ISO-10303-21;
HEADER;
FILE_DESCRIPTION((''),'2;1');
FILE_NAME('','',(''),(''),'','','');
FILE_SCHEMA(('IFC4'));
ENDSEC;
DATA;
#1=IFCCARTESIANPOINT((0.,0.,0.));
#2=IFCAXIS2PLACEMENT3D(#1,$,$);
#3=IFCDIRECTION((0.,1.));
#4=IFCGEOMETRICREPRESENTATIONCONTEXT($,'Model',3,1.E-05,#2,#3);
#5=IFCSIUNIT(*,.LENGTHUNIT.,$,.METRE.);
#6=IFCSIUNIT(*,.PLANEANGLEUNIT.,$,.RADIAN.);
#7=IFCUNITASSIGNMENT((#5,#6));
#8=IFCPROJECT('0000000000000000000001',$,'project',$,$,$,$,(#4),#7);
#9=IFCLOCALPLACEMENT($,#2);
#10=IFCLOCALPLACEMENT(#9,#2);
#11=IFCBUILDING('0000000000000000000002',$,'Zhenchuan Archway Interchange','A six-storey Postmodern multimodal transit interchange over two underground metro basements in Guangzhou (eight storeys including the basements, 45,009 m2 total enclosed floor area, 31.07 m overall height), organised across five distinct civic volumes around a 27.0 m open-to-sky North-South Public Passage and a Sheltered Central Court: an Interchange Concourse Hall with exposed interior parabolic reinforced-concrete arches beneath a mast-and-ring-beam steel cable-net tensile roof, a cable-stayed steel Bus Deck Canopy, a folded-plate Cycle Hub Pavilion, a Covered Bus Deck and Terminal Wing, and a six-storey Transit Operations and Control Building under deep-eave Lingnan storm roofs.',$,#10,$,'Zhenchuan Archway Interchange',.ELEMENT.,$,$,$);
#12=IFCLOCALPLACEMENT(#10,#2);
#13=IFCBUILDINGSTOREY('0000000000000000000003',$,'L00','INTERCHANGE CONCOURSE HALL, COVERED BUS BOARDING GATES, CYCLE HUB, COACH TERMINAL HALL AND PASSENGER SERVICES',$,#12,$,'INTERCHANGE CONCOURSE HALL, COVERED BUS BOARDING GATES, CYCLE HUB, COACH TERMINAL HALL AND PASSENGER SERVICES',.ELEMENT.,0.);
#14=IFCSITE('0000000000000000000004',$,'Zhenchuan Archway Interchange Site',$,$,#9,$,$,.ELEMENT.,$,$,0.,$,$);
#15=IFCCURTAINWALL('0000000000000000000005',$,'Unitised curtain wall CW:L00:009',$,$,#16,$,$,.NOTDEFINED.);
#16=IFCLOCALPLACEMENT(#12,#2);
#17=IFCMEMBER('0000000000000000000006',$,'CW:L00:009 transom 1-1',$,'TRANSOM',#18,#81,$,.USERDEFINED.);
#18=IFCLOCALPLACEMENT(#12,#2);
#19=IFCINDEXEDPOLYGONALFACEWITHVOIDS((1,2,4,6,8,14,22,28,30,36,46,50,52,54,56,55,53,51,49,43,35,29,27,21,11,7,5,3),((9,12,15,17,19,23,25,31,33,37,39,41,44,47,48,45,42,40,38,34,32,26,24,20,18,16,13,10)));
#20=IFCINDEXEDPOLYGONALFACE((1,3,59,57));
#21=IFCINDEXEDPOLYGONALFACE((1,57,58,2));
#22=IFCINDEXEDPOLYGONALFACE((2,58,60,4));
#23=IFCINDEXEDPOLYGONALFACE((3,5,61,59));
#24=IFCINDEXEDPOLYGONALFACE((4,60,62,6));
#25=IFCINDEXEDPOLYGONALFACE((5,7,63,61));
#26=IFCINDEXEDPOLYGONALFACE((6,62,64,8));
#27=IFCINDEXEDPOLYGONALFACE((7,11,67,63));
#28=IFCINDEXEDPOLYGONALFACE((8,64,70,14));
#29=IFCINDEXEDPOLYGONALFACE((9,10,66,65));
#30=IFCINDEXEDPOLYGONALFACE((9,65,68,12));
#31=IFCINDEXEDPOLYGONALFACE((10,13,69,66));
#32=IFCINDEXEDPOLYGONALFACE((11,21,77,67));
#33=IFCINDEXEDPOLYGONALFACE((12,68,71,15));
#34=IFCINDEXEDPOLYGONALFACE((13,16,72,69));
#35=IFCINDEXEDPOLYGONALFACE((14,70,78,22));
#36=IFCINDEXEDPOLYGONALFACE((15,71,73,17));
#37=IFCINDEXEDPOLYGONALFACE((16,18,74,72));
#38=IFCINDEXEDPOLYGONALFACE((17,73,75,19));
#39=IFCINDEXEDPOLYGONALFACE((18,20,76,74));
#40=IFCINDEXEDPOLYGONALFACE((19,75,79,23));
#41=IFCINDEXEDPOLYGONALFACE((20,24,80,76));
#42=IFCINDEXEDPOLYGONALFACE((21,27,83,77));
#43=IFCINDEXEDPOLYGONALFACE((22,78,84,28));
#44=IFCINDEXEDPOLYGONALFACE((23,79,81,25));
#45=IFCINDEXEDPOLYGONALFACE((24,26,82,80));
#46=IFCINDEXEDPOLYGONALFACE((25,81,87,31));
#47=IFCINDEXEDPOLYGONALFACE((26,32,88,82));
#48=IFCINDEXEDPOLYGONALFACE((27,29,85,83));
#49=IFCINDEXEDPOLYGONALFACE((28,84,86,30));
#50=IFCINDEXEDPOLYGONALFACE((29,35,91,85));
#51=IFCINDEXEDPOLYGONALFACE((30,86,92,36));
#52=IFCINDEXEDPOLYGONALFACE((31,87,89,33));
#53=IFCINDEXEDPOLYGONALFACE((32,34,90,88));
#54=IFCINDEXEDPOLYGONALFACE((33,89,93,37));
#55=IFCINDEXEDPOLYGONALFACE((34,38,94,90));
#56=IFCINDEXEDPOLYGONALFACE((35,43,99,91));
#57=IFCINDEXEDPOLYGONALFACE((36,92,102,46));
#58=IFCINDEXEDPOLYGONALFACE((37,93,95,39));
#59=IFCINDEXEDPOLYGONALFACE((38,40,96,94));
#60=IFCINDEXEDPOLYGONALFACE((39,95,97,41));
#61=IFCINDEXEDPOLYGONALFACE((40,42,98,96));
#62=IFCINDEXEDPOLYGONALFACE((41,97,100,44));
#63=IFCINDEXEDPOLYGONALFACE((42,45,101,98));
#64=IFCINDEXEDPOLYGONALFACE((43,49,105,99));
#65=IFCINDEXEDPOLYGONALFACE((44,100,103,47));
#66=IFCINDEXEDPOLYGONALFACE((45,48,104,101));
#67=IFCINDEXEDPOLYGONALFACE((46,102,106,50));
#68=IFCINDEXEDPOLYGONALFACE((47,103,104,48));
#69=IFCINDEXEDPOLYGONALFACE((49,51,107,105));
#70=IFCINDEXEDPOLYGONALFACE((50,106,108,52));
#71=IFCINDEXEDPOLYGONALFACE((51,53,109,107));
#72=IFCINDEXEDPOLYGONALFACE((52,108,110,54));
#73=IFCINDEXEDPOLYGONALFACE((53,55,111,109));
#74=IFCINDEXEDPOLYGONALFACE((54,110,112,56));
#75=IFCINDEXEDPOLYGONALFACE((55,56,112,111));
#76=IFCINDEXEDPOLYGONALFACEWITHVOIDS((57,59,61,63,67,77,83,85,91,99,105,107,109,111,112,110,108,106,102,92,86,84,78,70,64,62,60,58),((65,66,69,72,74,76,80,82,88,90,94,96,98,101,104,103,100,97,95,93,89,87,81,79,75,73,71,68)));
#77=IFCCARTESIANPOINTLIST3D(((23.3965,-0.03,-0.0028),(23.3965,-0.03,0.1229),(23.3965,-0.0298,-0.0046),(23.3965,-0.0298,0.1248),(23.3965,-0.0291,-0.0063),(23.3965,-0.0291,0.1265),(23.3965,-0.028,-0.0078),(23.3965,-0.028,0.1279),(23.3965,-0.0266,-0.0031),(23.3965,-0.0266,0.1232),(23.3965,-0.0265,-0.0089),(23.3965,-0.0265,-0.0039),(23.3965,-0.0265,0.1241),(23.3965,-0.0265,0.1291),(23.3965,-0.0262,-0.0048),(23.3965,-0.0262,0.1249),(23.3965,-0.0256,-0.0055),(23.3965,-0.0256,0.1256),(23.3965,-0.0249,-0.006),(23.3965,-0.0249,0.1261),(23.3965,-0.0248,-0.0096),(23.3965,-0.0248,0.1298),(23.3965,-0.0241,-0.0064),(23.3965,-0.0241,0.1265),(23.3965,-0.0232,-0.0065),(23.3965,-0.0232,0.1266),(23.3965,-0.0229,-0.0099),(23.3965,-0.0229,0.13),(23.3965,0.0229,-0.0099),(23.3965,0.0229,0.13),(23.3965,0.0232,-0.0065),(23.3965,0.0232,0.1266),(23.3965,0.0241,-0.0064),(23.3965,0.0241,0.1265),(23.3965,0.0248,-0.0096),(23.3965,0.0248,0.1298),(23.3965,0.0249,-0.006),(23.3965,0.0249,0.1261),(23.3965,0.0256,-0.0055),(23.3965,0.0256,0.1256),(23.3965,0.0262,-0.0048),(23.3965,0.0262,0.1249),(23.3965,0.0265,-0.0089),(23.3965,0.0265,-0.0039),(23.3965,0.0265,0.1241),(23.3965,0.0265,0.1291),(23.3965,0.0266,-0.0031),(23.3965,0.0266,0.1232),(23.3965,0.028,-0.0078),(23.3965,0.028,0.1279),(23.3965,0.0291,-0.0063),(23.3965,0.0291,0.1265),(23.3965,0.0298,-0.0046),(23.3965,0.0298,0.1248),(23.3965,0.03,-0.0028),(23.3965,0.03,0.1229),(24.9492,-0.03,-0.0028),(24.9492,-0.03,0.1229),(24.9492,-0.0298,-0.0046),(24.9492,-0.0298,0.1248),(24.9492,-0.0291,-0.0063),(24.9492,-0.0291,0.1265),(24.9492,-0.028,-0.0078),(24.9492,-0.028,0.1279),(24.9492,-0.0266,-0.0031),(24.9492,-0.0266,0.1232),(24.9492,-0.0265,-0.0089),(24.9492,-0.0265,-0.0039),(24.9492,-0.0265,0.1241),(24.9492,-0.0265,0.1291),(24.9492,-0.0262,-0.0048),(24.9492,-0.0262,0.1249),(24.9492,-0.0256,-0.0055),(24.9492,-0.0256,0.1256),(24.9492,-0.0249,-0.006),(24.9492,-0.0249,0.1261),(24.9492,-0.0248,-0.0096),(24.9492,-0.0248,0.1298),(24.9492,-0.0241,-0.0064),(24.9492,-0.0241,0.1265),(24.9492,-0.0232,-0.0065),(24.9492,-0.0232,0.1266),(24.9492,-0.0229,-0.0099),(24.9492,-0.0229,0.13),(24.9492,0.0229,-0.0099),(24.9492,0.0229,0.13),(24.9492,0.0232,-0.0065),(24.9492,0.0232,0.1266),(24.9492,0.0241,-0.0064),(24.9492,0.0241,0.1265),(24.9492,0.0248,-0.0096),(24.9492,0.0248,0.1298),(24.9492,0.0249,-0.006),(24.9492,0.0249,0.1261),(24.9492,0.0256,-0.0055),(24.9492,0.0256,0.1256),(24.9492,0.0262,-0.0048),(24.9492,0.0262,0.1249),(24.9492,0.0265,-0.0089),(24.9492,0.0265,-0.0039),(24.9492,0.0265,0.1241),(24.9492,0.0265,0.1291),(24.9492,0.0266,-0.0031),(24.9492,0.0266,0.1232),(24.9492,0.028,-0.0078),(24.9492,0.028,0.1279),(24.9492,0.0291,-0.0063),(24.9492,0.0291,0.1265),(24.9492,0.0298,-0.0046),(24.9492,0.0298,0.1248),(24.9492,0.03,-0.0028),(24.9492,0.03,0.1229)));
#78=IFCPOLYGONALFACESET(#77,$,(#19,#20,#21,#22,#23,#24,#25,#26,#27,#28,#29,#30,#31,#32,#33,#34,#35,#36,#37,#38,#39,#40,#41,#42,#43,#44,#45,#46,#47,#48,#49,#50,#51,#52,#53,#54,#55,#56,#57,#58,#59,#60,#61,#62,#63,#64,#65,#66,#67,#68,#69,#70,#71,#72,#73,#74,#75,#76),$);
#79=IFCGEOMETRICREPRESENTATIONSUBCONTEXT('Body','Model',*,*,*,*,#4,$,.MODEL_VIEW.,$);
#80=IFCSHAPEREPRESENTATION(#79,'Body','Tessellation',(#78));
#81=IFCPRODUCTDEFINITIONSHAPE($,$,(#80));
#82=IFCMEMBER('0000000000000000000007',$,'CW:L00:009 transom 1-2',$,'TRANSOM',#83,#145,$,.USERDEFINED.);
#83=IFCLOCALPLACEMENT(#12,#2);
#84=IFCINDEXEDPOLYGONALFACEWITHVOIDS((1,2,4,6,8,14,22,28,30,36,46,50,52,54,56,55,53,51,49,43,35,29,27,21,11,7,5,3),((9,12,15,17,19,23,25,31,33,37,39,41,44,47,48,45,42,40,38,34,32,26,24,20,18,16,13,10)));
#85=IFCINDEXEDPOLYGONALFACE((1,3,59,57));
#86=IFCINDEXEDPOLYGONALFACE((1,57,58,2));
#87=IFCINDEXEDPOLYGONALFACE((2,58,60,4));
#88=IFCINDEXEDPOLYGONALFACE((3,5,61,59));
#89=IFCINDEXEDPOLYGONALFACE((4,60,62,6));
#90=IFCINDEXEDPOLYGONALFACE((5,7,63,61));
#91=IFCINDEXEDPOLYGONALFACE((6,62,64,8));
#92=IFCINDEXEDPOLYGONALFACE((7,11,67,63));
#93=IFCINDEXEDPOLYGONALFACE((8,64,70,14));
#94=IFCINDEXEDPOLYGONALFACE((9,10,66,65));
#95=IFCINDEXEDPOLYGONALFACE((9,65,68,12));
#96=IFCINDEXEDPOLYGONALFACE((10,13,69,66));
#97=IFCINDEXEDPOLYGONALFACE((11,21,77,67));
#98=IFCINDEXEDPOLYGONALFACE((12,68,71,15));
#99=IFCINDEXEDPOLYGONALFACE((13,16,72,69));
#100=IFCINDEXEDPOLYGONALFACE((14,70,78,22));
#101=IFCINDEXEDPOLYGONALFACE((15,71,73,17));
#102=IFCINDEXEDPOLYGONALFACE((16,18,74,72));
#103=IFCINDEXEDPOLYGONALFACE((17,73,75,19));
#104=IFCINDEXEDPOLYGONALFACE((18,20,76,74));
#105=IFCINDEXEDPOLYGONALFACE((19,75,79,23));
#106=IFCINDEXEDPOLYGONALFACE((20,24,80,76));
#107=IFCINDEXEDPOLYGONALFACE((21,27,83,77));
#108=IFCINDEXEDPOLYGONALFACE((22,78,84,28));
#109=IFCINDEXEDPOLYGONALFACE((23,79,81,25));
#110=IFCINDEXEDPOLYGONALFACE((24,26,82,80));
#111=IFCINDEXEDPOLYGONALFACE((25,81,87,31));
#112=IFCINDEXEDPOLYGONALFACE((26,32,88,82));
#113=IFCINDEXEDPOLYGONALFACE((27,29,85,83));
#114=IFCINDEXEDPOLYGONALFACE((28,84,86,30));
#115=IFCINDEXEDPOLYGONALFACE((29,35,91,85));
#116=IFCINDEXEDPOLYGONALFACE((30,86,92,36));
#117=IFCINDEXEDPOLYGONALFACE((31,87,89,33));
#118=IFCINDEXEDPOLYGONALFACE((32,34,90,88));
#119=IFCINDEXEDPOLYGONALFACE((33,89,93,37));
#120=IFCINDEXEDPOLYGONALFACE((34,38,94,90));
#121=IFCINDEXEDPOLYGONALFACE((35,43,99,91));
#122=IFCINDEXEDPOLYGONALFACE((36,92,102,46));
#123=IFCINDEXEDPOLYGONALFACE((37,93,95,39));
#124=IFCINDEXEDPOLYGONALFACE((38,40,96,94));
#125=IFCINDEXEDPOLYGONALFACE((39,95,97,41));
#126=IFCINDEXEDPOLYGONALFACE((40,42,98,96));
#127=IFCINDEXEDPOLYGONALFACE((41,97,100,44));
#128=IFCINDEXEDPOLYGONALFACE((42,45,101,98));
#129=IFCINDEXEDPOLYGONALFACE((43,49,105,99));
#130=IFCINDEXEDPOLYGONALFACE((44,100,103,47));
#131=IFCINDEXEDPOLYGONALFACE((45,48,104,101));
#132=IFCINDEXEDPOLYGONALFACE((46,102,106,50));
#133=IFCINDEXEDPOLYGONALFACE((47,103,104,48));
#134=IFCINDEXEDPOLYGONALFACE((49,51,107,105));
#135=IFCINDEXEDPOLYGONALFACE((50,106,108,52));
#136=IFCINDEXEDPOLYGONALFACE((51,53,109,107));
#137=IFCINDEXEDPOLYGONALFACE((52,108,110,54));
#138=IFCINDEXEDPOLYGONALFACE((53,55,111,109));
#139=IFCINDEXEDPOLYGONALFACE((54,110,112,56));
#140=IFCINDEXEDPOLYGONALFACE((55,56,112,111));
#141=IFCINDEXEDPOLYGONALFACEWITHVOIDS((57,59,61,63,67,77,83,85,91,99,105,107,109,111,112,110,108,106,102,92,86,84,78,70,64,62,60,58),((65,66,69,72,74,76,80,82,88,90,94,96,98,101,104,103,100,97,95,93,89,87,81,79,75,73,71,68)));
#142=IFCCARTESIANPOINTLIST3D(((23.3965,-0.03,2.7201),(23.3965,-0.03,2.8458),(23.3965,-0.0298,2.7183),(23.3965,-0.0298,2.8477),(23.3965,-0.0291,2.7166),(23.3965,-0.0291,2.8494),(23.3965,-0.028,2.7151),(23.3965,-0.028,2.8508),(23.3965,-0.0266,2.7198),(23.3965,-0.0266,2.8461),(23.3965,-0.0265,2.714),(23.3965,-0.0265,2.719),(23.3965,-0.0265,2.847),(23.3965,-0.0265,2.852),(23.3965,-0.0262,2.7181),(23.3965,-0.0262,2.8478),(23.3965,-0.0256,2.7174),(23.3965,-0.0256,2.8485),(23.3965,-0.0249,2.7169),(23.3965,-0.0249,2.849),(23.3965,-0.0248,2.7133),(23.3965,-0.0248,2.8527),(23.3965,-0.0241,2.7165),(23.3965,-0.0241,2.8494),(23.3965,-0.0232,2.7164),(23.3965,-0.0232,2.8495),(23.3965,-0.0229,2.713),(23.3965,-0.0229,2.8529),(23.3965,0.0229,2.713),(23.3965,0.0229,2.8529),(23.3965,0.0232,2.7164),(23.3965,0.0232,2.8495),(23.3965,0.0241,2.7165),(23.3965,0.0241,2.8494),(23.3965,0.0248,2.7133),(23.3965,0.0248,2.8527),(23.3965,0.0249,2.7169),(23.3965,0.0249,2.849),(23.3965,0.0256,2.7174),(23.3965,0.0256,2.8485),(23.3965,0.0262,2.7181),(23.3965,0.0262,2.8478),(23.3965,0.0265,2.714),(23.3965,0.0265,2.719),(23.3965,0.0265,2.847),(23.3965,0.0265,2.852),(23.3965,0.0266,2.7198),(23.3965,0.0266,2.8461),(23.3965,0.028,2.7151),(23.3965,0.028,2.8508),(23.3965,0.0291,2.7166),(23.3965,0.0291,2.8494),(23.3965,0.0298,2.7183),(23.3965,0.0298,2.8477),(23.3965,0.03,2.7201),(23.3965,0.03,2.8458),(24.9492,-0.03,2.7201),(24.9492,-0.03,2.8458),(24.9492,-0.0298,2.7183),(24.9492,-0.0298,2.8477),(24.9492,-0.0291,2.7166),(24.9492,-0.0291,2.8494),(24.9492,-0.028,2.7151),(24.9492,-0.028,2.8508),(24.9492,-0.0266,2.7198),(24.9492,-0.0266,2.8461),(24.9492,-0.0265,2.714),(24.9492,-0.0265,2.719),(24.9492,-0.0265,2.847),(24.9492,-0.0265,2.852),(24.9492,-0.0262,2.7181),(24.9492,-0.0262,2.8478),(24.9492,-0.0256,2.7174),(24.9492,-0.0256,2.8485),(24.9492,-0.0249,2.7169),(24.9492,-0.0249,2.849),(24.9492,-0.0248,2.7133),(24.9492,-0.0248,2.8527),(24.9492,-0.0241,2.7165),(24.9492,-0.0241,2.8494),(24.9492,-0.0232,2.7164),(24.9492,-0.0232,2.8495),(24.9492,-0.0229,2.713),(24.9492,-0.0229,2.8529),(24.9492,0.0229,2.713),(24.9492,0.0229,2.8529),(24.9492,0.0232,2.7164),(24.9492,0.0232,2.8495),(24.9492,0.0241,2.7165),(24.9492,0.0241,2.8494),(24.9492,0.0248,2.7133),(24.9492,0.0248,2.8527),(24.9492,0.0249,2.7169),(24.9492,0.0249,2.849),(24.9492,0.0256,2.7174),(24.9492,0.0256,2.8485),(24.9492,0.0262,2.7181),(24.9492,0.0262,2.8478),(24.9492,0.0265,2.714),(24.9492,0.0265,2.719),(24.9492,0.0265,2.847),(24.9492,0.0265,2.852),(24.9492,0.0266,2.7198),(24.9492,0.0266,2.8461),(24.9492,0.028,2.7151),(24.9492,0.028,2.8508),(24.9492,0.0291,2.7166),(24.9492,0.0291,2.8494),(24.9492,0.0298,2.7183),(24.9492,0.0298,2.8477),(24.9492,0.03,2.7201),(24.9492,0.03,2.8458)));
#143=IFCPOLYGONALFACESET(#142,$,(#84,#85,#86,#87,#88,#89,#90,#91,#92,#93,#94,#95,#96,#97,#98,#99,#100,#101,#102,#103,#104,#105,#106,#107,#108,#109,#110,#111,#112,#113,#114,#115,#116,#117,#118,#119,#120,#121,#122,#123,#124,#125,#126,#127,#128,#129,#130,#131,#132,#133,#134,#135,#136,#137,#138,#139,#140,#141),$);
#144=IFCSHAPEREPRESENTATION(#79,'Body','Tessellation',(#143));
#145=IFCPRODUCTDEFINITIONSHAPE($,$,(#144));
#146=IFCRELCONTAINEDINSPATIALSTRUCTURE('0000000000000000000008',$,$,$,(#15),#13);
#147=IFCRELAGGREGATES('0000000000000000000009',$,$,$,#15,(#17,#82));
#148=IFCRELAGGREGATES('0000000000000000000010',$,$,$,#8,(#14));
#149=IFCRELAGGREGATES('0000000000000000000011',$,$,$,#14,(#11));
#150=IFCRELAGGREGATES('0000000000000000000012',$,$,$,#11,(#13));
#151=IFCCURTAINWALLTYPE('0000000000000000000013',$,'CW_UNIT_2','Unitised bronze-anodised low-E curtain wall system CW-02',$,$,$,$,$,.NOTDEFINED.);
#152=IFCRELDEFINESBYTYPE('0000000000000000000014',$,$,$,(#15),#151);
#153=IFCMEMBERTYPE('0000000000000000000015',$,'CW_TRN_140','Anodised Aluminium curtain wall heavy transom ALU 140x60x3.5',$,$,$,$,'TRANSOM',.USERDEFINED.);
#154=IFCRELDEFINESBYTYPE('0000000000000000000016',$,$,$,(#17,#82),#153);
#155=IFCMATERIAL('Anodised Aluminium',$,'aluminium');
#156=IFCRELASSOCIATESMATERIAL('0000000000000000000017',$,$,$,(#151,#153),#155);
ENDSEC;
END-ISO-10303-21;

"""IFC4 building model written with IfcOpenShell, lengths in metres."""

from ifc_helpers import new_model, si_unit, direction, frame, origin, origin_2d, place, context, subcontext, project, spatial, hollow_rectangle, extrude, material, material_profile, profile_set, type_object, element, aggregate, save


model = new_model("IFC4")

# Units and contexts
model_context = context("Model", 3, precision=1e-05, world=origin(), true_north=direction((0.0, 1.0)))
body_context = subcontext(model_context, "Body", "Model", "MODEL_VIEW")
ifc_project = project(units=[si_unit("LENGTHUNIT", "METRE"), si_unit("PLANEANGLEUNIT", "RADIAN")], contexts=[model_context])

# Site, building, storey
site_placement = place(None, origin())
site = spatial("IfcSite", under=ifc_project, at=site_placement, Name="Zhenchuan Archway Interchange Site", CompositionType="ELEMENT", RefElevation=0.0)
building_placement = place(site_placement, origin())
building = spatial("IfcBuilding", under=site, at=building_placement, Name="Zhenchuan Archway Interchange", Description="A six-storey Postmodern multimodal transit interchange over two underground metro basements in Guangzhou (eight storeys including the basements, 45,009 m2 total enclosed floor area, 31.07 m overall height), organised across five distinct civic volumes around a 27.0 m open-to-sky North-South Public Passage and a Sheltered Central Court: an Interchange Concourse Hall with exposed interior parabolic reinforced-concrete arches beneath a mast-and-ring-beam steel cable-net tensile roof, a cable-stayed steel Bus Deck Canopy, a folded-plate Cycle Hub Pavilion, a Covered Bus Deck and Terminal Wing, and a six-storey Transit Operations and Control Building under deep-eave Lingnan storm roofs.", LongName="Zhenchuan Archway Interchange", CompositionType="ELEMENT")
storey_placement = place(building_placement, origin())
storey = spatial("IfcBuildingStorey", under=building, at=storey_placement, Name="L00", Description="INTERCHANGE CONCOURSE HALL, COVERED BUS BOARDING GATES, CYCLE HUB, COACH TERMINAL HALL AND PASSENGER SERVICES", LongName="INTERCHANGE CONCOURSE HALL, COVERED BUS BOARDING GATES, CYCLE HUB, COACH TERMINAL HALL AND PASSENGER SERVICES", CompositionType="ELEMENT", Elevation=0.0)

# Curtain wall, members
ifc_material_1 = material(Name="Anodised Aluminium", Category="aluminium")
curtain_wall_type = type_object("IfcCurtainWallType", Name="CW_UNIT_2", Description="Unitised bronze-anodised low-E curtain wall system CW-02", PredefinedType="NOTDEFINED", material=ifc_material_1)
curtain_wall_placement = place(storey_placement, origin())
curtain_wall = element("IfcCurtainWall", 1, at=curtain_wall_placement, inside=storey, type_object=curtain_wall_type, Name="Unitised curtain wall CW:L00:009", PredefinedType="NOTDEFINED")
ifc_material_profile_1 = material_profile(ifc_material_1, hollow_rectangle(XDim=0.0601, YDim=0.1399, WallThickness=0.0034, InnerFilletRadius=0.0034, OuterFilletRadius=0.0071, at=origin_2d()), Name="ALU 140x60x3.5")
ifc_profile_set_1 = profile_set([ifc_material_profile_1], Name="Anodised Aluminium")
member_type_1 = type_object("IfcMemberType", Name="CW_TRN_140", Description="Anodised Aluminium curtain wall heavy transom ALU 140x60x3.5", ElementType="TRANSOM", PredefinedType="USERDEFINED", material=ifc_profile_set_1)
member_1_placement = place(storey_placement, frame((24.9492, 0.0, 0.0601), z_axis=(-1.0, 0.0, 0.0), x_axis=(0.0, -1.0, 0.0)))
member_1 = element("IfcMember", 2, at=member_1_placement, type_object=member_type_1, Name="CW:L00:009 transom 1-1", ObjectType="TRANSOM", PredefinedType="USERDEFINED", context=body_context, shape_type="SweptSolid", body=[
    extrude(hollow_rectangle(XDim=0.0601, YDim=0.1399, WallThickness=0.0034, InnerFilletRadius=0.0034, OuterFilletRadius=0.0071, at=origin_2d()), origin(), (0.0, 0.0, 1.0), 1.5527),
])
member_2_placement = place(storey_placement, frame((24.9492, 0.0, 2.783), z_axis=(-1.0, 0.0, 0.0), x_axis=(0.0, -1.0, 0.0)))
member_2 = element("IfcMember", 3, at=member_2_placement, type_object=member_type_1, Name="CW:L00:009 transom 1-2", ObjectType="TRANSOM", PredefinedType="USERDEFINED", context=body_context, shape_type="SweptSolid", body=[
    extrude(hollow_rectangle(XDim=0.0601, YDim=0.1399, WallThickness=0.0034, InnerFilletRadius=0.0034, OuterFilletRadius=0.0071, at=origin_2d()), origin(), (0.0, 0.0, 1.0), 1.5527),
])

aggregate(curtain_wall, [member_1, member_2])

save(model, "model.ifc")
